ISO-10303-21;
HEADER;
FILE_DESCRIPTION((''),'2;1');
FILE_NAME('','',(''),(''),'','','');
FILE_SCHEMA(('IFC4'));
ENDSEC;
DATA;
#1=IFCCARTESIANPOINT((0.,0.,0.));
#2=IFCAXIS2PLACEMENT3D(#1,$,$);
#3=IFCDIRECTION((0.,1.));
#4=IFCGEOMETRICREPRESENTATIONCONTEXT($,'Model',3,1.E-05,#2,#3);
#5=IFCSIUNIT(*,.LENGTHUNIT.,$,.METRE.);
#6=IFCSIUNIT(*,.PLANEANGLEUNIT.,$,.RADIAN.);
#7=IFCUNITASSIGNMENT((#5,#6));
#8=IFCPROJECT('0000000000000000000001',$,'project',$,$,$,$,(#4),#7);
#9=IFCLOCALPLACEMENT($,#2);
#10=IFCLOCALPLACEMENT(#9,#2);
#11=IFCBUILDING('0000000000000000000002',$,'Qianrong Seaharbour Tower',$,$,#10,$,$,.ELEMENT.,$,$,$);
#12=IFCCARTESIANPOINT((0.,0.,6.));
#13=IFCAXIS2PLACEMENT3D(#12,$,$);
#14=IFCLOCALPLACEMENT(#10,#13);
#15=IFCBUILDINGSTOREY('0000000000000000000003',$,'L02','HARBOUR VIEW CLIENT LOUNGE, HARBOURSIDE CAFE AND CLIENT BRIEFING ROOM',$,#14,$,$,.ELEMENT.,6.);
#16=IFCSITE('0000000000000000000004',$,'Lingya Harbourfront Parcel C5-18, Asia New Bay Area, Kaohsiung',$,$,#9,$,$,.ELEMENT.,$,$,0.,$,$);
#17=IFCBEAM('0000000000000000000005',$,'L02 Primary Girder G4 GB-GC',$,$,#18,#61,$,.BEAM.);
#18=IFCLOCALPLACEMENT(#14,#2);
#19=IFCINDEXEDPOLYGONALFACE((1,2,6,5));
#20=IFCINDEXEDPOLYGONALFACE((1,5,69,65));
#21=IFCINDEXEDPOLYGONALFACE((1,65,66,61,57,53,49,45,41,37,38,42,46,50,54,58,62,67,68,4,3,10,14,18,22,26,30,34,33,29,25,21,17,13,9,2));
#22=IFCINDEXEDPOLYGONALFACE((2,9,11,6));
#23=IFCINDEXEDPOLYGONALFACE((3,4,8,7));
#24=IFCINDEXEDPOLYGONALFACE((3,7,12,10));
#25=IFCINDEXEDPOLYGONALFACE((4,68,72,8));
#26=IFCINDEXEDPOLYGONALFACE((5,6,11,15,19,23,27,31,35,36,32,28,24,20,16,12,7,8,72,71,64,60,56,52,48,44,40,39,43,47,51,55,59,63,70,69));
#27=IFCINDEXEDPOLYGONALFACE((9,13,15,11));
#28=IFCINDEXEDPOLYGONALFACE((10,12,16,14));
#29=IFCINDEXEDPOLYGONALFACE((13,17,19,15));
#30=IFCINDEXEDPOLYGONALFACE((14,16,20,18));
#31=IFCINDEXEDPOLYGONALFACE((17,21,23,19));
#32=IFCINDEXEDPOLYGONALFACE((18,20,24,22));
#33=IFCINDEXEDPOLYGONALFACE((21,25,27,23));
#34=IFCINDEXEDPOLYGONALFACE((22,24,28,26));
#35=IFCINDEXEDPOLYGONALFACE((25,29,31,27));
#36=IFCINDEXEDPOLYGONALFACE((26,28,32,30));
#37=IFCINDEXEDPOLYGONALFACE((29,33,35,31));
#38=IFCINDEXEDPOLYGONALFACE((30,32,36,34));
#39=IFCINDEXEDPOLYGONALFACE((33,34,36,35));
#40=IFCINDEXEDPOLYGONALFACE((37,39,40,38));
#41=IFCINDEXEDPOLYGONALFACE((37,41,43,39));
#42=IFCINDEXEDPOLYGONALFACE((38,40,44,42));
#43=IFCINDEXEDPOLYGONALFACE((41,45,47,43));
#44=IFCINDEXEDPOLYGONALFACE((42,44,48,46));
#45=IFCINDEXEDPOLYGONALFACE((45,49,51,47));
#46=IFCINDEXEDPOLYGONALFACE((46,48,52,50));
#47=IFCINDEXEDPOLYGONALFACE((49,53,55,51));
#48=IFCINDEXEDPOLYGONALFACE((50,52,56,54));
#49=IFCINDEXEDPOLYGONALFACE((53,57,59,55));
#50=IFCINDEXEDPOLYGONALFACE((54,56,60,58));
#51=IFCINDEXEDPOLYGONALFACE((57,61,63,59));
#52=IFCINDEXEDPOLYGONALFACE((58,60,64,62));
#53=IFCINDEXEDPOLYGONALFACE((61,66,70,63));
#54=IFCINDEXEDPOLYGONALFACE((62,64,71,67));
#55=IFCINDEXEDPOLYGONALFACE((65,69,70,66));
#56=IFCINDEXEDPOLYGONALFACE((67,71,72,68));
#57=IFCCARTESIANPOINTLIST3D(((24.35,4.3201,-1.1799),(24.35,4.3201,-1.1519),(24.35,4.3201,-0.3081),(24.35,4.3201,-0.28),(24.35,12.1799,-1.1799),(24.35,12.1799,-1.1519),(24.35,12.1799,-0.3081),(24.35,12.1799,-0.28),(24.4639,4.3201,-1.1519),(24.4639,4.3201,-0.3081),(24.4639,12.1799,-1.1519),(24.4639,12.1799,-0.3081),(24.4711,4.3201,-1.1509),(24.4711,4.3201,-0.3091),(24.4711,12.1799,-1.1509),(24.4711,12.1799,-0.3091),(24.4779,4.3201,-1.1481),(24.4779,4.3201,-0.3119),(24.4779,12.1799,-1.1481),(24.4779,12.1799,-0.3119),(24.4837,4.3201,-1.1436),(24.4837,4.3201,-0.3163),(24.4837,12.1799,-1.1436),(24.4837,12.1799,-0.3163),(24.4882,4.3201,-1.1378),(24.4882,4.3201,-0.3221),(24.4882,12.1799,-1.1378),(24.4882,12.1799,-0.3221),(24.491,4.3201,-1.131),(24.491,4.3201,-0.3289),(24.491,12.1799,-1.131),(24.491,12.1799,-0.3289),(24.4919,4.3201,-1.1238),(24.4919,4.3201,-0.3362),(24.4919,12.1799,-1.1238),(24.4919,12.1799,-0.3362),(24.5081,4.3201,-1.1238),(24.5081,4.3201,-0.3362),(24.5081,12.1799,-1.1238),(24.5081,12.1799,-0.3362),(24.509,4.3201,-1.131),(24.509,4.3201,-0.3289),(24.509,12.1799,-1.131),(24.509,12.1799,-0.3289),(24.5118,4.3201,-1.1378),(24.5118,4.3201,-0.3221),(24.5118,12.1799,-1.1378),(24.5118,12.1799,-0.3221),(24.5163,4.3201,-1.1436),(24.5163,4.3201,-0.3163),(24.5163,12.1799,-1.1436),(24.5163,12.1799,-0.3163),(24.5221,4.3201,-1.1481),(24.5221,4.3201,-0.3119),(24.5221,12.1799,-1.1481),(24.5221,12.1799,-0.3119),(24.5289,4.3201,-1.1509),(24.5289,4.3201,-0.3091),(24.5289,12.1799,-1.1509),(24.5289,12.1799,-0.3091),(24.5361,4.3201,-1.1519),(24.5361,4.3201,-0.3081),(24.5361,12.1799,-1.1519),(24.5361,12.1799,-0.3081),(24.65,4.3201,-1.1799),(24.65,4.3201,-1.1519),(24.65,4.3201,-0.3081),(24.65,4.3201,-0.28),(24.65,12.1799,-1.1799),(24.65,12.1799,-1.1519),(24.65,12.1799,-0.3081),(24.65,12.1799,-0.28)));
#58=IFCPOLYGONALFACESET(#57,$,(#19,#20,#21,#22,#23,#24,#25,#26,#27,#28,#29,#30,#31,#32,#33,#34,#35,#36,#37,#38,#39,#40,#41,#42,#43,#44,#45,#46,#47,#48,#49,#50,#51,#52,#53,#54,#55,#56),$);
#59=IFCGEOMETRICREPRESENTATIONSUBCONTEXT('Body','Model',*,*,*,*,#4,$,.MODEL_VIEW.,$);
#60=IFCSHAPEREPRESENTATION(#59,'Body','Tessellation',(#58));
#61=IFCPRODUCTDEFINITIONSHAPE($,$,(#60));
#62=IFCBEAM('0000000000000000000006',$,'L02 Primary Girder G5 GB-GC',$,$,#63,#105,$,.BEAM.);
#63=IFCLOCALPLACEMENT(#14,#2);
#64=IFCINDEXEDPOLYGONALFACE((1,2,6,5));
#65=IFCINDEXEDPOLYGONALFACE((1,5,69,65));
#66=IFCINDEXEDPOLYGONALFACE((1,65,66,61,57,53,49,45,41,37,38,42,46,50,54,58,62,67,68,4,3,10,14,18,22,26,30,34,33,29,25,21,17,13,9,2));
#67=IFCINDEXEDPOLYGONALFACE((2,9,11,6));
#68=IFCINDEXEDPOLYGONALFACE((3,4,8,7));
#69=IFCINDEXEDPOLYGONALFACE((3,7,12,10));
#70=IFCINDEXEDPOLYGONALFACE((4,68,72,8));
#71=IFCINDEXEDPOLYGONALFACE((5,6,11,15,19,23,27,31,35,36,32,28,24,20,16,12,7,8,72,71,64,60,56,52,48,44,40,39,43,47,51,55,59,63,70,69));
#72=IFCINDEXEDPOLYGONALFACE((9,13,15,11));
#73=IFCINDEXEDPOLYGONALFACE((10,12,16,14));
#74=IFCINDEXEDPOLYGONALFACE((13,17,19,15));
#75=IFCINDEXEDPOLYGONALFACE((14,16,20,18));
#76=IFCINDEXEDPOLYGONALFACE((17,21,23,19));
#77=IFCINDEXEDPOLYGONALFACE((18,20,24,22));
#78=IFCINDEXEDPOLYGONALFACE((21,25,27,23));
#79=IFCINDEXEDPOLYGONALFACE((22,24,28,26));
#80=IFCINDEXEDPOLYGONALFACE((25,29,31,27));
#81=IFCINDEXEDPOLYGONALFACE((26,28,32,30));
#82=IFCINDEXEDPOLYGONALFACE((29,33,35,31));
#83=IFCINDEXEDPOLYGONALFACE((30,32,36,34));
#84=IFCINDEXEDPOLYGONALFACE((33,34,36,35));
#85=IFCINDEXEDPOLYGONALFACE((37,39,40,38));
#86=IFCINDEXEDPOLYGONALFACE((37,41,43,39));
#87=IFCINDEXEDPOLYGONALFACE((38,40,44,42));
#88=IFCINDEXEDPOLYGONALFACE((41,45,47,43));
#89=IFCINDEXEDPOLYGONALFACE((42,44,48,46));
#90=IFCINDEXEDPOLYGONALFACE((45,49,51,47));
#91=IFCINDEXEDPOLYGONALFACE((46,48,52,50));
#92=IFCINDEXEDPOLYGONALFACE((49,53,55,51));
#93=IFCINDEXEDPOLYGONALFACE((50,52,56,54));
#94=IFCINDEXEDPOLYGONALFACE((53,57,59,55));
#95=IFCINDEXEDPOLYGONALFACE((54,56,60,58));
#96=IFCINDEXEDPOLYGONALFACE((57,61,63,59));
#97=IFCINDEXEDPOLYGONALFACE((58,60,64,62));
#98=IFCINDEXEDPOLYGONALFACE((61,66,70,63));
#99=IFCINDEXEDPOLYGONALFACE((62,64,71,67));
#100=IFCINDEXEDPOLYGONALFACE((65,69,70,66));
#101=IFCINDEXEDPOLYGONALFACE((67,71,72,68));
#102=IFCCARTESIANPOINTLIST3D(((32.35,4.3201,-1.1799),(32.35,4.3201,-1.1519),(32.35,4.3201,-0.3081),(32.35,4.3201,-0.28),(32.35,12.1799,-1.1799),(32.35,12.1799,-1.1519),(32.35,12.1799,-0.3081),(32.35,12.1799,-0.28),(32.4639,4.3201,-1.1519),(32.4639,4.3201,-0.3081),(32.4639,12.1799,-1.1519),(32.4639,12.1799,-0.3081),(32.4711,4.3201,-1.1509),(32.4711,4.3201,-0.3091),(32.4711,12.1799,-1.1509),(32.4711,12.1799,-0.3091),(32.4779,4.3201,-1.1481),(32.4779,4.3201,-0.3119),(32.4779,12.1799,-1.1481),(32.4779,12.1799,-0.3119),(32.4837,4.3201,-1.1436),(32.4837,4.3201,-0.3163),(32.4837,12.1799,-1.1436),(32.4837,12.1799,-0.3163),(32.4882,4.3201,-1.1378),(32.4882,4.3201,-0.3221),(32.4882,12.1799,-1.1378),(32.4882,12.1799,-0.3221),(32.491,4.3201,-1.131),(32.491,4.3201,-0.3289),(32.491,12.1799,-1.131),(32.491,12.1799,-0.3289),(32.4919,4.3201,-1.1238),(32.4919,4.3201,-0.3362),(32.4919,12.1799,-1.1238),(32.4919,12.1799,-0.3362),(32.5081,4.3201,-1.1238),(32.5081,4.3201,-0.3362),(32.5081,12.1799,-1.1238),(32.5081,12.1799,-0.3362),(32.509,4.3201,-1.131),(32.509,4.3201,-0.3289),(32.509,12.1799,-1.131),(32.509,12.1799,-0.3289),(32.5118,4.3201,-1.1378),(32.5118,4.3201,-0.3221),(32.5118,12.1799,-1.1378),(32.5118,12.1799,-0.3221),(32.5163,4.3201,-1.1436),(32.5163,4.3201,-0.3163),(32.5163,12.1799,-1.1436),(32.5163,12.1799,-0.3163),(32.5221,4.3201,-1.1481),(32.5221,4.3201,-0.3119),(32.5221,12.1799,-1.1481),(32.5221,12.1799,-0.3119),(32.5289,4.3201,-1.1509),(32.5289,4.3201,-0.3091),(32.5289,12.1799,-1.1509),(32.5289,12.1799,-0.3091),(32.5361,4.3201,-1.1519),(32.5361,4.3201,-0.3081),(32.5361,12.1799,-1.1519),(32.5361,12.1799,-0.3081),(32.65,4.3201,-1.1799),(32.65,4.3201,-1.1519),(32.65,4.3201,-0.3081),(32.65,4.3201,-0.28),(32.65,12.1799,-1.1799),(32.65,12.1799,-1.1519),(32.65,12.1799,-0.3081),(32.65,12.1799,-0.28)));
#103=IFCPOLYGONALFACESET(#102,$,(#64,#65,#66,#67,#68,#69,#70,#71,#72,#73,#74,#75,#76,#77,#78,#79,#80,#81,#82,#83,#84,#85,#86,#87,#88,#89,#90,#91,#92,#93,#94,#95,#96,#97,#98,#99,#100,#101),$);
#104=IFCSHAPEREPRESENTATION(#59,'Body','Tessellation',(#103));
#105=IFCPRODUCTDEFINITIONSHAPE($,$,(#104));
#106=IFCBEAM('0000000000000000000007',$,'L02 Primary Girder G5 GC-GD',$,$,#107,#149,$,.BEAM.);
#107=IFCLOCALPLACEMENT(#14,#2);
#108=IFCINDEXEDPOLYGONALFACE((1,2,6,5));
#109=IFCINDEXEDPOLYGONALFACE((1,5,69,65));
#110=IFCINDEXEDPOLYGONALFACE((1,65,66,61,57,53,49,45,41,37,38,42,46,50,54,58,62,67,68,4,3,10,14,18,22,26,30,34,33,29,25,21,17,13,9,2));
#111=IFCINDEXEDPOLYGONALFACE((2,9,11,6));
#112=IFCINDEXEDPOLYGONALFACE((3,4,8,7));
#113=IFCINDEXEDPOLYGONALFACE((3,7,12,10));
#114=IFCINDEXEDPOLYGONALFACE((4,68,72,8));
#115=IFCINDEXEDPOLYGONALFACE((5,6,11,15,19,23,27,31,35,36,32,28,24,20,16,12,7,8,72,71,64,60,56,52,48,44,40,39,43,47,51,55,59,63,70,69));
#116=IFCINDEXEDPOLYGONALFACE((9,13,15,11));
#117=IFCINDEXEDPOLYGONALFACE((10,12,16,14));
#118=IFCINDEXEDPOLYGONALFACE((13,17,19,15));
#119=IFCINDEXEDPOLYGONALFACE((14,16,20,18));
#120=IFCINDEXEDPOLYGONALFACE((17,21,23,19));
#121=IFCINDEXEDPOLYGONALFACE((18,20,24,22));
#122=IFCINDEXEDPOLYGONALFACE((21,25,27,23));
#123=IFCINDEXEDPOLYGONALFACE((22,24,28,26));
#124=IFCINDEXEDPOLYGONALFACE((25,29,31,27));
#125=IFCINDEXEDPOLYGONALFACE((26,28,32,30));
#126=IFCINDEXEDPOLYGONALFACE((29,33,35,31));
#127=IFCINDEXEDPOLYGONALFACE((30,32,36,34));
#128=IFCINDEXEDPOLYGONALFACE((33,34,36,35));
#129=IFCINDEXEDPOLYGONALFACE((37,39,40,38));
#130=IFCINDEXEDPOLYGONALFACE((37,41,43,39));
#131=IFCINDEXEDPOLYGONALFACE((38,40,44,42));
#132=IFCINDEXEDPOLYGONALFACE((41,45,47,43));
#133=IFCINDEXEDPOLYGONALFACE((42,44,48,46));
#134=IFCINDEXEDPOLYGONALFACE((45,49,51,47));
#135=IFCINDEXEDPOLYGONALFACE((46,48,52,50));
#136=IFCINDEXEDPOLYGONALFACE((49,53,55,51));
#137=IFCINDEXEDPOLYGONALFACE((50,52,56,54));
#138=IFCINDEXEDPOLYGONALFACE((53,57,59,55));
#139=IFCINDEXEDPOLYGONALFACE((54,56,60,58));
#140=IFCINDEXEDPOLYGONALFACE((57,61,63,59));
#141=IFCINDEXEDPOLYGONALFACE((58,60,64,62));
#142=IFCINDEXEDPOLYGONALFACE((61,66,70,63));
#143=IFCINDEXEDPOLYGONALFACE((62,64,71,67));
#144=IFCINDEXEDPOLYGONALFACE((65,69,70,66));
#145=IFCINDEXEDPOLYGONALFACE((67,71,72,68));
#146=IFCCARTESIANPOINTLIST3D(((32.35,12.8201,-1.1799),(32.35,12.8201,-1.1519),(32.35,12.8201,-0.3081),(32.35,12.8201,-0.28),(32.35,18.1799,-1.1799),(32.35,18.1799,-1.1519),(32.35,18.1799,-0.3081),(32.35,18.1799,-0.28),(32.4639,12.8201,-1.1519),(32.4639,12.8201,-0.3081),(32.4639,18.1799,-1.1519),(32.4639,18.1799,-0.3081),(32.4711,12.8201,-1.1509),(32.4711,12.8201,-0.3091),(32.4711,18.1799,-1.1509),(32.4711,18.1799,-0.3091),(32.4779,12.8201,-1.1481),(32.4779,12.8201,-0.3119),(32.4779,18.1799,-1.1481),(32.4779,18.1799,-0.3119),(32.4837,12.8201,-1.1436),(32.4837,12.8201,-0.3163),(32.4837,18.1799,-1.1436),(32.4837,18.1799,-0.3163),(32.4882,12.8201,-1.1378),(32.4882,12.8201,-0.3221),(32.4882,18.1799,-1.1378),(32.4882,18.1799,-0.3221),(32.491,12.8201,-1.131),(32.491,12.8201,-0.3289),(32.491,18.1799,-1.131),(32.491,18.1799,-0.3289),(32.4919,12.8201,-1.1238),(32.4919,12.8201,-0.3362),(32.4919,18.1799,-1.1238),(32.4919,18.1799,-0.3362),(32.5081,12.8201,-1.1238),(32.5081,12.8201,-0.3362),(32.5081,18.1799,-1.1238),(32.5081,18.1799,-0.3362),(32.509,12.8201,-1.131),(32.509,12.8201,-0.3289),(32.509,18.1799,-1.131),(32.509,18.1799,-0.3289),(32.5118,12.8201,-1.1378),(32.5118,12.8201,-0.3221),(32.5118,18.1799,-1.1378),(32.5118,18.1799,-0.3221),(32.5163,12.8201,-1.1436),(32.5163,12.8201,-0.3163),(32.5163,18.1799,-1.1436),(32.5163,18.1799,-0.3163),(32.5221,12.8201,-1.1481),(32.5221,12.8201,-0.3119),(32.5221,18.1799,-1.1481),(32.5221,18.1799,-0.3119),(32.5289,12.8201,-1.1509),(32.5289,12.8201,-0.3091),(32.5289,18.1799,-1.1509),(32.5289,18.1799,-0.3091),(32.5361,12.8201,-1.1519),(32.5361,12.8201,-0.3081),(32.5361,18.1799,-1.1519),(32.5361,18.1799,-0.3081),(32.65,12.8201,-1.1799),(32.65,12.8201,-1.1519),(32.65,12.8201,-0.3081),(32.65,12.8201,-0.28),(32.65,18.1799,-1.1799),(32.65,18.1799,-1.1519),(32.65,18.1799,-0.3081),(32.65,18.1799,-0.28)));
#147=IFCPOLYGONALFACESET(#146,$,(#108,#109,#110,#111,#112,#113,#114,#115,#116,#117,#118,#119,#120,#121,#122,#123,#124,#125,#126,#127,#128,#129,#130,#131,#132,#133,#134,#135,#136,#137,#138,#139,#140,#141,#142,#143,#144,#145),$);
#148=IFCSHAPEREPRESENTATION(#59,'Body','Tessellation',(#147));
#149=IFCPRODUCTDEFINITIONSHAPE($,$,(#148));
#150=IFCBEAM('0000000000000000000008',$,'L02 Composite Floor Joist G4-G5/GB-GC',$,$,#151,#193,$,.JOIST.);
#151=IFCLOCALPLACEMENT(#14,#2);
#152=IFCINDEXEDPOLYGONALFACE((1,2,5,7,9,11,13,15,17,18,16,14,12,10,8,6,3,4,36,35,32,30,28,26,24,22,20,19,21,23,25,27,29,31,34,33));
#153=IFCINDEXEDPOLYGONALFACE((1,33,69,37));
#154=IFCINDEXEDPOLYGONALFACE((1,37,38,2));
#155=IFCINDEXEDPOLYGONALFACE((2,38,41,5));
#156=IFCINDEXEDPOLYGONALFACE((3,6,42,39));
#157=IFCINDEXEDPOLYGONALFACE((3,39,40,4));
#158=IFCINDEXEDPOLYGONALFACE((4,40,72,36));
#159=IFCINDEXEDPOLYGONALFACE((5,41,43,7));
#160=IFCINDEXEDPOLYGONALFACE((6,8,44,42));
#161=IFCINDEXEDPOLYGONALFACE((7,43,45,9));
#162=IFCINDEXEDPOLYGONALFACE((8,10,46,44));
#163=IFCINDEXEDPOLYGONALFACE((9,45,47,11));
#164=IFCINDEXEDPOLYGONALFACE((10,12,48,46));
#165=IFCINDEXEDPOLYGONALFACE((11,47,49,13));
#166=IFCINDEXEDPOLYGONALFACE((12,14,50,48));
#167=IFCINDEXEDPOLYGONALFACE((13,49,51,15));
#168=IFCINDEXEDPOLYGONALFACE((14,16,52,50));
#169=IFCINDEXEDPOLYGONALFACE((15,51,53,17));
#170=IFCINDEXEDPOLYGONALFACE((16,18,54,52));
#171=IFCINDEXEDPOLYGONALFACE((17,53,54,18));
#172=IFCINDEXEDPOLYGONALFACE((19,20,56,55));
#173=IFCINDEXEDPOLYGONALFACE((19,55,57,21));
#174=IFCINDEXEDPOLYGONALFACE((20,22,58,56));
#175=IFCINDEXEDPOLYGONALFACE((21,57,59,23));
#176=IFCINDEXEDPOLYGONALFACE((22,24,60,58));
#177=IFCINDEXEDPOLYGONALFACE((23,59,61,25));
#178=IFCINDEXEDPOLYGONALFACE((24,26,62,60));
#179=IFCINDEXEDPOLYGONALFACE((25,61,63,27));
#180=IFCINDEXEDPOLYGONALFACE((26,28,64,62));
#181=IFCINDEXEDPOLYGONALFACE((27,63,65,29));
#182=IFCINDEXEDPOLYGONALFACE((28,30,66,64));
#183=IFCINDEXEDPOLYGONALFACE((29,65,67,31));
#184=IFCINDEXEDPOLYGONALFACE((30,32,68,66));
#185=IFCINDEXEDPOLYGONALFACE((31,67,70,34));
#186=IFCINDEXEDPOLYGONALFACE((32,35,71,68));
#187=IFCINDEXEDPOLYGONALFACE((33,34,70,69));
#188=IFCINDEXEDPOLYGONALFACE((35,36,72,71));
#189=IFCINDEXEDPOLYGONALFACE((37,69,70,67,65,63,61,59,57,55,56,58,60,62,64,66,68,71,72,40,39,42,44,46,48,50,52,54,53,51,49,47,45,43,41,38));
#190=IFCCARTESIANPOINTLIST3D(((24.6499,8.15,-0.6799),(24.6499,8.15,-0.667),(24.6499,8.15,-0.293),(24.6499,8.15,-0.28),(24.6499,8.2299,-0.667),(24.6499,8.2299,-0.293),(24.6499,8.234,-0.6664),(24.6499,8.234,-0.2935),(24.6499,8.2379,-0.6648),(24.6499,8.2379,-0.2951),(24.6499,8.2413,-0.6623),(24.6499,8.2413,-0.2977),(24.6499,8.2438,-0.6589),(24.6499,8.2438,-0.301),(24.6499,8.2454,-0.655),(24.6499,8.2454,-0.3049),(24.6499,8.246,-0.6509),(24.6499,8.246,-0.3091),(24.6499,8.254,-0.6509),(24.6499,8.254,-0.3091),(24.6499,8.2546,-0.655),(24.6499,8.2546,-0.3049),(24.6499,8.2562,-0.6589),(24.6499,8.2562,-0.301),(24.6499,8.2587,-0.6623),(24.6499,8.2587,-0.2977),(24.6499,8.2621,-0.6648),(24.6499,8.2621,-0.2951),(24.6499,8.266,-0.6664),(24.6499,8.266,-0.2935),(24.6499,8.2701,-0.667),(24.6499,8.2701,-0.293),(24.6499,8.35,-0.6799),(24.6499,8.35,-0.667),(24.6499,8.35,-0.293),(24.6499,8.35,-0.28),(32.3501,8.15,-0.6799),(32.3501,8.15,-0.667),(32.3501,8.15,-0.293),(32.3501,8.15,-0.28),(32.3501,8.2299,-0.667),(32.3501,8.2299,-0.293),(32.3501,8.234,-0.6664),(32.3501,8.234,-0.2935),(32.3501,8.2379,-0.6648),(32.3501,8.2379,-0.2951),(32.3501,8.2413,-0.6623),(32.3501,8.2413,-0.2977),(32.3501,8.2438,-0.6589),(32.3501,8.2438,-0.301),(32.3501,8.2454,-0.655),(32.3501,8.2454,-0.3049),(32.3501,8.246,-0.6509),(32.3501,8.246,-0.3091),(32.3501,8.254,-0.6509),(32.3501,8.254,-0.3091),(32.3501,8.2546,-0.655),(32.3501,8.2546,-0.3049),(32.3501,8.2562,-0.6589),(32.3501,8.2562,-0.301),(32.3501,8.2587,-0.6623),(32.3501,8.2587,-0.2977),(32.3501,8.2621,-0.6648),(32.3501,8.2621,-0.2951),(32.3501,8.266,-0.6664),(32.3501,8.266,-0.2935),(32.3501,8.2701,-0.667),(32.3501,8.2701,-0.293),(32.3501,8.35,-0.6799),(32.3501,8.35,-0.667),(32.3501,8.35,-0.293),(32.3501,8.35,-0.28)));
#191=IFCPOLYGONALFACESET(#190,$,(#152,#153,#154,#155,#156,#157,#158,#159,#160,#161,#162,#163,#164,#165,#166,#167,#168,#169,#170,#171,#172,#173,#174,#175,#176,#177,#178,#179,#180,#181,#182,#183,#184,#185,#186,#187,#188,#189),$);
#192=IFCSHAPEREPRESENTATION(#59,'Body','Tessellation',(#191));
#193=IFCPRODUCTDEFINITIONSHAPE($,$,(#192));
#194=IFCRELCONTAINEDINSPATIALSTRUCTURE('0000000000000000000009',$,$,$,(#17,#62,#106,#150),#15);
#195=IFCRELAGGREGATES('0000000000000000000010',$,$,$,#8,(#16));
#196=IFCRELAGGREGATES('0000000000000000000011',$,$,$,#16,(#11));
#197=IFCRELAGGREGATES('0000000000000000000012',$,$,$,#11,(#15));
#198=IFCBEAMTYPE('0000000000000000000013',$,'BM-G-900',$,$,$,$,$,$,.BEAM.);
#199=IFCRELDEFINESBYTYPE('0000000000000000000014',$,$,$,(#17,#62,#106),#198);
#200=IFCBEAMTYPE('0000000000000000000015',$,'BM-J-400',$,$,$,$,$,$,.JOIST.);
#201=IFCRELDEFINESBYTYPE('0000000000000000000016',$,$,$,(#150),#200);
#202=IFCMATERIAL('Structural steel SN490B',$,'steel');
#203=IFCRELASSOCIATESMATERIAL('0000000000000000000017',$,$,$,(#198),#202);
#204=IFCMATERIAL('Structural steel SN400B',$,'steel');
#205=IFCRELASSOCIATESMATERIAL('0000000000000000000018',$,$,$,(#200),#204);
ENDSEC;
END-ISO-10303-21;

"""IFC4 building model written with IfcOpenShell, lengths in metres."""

from ifc_helpers import new_model, si_unit, direction, frame, origin, origin_2d, place, context, subcontext, project, spatial, i_section, extrude, material, material_profile, profile_set, type_object, element, save


model = new_model("IFC4")

# Units and contexts
model_context = context("Model", 3, precision=1e-05, world=origin(), true_north=direction((0.0, 1.0)))
body_context = subcontext(model_context, "Body", "Model", "MODEL_VIEW")
ifc_project = project(units=[si_unit("LENGTHUNIT", "METRE"), si_unit("PLANEANGLEUNIT", "RADIAN")], contexts=[model_context])

# Site, building, storey
site_placement = place(None, origin())
site = spatial("IfcSite", under=ifc_project, at=site_placement, Name="Lingya Harbourfront Parcel C5-18, Asia New Bay Area, Kaohsiung", CompositionType="ELEMENT", RefElevation=0.0)
building_placement = place(site_placement, origin())
building = spatial("IfcBuilding", under=site, at=building_placement, Name="Qianrong Seaharbour Tower", CompositionType="ELEMENT")
storey_placement = place(building_placement, frame((0.0, 0.0, 6.0)))
storey = spatial("IfcBuildingStorey", under=building, at=storey_placement, Name="L02", Description="HARBOUR VIEW CLIENT LOUNGE, HARBOURSIDE CAFE AND CLIENT BRIEFING ROOM", CompositionType="ELEMENT", Elevation=6.0)

# Shared definitions
ifc_material_1 = material(Name="Structural steel SN490B", Category="steel")

# Beams
ifc_material_profile_1 = material_profile(ifc_material_1, i_section(OverallWidth=0.3, OverallDepth=0.8999, WebThickness=0.0161, FlangeThickness=0.0281, FilletRadius=0.0281, at=origin_2d()), Name="H900x300x16x28")
ifc_profile_set_1 = profile_set([ifc_material_profile_1], Name="Structural steel SN490B")
beam_type_1 = type_object("IfcBeamType", Name="BM-G-900", PredefinedType="BEAM", material=ifc_profile_set_1)
for number, where, z_axis, x_axis, name in (
    (1, (24.5, 4.3201, -0.73), (0.0, 1.0, 0.0), (-1.0, 0.0, 0.0), "L02 Primary Girder G4 GB-GC"),
    (2, (32.5, 4.3201, -0.73), (0.0, 1.0, 0.0), (-1.0, 0.0, 0.0), "L02 Primary Girder G5 GB-GC"),
):
    element("IfcBeam", number, at=place(storey_placement, frame(where, z_axis=z_axis, x_axis=x_axis)), inside=storey, type_object=beam_type_1, Name=name, PredefinedType="BEAM", context=body_context, shape_type="SweptSolid", body=[
        extrude(i_section(OverallWidth=0.3, OverallDepth=0.8999, WebThickness=0.0161, FlangeThickness=0.0281, FilletRadius=0.0281, at=origin_2d()), origin(), (0.0, 0.0, 1.0), 7.8599),
    ])
beam_1_placement = place(storey_placement, frame((32.5, 12.8201, -0.73), z_axis=(0.0, 1.0, 0.0), x_axis=(-1.0, 0.0, 0.0)))
element("IfcBeam", 3, at=beam_1_placement, inside=storey, type_object=beam_type_1, Name="L02 Primary Girder G5 GC-GD", PredefinedType="BEAM", context=body_context, shape_type="SweptSolid", body=[
    extrude(i_section(OverallWidth=0.3, OverallDepth=0.8999, WebThickness=0.0161, FlangeThickness=0.0281, FilletRadius=0.0281, at=origin_2d()), origin(), (0.0, 0.0, 1.0), 5.3599),
])
ifc_material_2 = material(Name="Structural steel SN400B", Category="steel")
ifc_material_profile_2 = material_profile(ifc_material_2, i_section(OverallWidth=0.2, OverallDepth=0.3999, WebThickness=0.0081, FlangeThickness=0.0129, FilletRadius=0.0161, at=origin_2d()), Name="H400x200x8x13")
ifc_profile_set_2 = profile_set([ifc_material_profile_2], Name="Structural steel SN400B")
beam_type_2 = type_object("IfcBeamType", Name="BM-J-400", PredefinedType="JOIST", material=ifc_profile_set_2)
for number, where, z_axis, x_axis, name in (
    (4, (24.6499, 8.25, -0.48), (1.0, 0.0, 0.0), (0.0, 1.0, 0.0), "L02 Composite Floor Joist G4-G5/GB-GC"),
):
    element("IfcBeam", number, at=place(storey_placement, frame(where, z_axis=z_axis, x_axis=x_axis)), inside=storey, type_object=beam_type_2, Name=name, PredefinedType="JOIST", context=body_context, shape_type="SweptSolid", body=[
        extrude(i_section(OverallWidth=0.2, OverallDepth=0.3999, WebThickness=0.0081, FlangeThickness=0.0129, FilletRadius=0.0161, at=origin_2d()), origin(), (0.0, 0.0, 1.0), 7.7002),
    ])

save(model, "model.ifc")
